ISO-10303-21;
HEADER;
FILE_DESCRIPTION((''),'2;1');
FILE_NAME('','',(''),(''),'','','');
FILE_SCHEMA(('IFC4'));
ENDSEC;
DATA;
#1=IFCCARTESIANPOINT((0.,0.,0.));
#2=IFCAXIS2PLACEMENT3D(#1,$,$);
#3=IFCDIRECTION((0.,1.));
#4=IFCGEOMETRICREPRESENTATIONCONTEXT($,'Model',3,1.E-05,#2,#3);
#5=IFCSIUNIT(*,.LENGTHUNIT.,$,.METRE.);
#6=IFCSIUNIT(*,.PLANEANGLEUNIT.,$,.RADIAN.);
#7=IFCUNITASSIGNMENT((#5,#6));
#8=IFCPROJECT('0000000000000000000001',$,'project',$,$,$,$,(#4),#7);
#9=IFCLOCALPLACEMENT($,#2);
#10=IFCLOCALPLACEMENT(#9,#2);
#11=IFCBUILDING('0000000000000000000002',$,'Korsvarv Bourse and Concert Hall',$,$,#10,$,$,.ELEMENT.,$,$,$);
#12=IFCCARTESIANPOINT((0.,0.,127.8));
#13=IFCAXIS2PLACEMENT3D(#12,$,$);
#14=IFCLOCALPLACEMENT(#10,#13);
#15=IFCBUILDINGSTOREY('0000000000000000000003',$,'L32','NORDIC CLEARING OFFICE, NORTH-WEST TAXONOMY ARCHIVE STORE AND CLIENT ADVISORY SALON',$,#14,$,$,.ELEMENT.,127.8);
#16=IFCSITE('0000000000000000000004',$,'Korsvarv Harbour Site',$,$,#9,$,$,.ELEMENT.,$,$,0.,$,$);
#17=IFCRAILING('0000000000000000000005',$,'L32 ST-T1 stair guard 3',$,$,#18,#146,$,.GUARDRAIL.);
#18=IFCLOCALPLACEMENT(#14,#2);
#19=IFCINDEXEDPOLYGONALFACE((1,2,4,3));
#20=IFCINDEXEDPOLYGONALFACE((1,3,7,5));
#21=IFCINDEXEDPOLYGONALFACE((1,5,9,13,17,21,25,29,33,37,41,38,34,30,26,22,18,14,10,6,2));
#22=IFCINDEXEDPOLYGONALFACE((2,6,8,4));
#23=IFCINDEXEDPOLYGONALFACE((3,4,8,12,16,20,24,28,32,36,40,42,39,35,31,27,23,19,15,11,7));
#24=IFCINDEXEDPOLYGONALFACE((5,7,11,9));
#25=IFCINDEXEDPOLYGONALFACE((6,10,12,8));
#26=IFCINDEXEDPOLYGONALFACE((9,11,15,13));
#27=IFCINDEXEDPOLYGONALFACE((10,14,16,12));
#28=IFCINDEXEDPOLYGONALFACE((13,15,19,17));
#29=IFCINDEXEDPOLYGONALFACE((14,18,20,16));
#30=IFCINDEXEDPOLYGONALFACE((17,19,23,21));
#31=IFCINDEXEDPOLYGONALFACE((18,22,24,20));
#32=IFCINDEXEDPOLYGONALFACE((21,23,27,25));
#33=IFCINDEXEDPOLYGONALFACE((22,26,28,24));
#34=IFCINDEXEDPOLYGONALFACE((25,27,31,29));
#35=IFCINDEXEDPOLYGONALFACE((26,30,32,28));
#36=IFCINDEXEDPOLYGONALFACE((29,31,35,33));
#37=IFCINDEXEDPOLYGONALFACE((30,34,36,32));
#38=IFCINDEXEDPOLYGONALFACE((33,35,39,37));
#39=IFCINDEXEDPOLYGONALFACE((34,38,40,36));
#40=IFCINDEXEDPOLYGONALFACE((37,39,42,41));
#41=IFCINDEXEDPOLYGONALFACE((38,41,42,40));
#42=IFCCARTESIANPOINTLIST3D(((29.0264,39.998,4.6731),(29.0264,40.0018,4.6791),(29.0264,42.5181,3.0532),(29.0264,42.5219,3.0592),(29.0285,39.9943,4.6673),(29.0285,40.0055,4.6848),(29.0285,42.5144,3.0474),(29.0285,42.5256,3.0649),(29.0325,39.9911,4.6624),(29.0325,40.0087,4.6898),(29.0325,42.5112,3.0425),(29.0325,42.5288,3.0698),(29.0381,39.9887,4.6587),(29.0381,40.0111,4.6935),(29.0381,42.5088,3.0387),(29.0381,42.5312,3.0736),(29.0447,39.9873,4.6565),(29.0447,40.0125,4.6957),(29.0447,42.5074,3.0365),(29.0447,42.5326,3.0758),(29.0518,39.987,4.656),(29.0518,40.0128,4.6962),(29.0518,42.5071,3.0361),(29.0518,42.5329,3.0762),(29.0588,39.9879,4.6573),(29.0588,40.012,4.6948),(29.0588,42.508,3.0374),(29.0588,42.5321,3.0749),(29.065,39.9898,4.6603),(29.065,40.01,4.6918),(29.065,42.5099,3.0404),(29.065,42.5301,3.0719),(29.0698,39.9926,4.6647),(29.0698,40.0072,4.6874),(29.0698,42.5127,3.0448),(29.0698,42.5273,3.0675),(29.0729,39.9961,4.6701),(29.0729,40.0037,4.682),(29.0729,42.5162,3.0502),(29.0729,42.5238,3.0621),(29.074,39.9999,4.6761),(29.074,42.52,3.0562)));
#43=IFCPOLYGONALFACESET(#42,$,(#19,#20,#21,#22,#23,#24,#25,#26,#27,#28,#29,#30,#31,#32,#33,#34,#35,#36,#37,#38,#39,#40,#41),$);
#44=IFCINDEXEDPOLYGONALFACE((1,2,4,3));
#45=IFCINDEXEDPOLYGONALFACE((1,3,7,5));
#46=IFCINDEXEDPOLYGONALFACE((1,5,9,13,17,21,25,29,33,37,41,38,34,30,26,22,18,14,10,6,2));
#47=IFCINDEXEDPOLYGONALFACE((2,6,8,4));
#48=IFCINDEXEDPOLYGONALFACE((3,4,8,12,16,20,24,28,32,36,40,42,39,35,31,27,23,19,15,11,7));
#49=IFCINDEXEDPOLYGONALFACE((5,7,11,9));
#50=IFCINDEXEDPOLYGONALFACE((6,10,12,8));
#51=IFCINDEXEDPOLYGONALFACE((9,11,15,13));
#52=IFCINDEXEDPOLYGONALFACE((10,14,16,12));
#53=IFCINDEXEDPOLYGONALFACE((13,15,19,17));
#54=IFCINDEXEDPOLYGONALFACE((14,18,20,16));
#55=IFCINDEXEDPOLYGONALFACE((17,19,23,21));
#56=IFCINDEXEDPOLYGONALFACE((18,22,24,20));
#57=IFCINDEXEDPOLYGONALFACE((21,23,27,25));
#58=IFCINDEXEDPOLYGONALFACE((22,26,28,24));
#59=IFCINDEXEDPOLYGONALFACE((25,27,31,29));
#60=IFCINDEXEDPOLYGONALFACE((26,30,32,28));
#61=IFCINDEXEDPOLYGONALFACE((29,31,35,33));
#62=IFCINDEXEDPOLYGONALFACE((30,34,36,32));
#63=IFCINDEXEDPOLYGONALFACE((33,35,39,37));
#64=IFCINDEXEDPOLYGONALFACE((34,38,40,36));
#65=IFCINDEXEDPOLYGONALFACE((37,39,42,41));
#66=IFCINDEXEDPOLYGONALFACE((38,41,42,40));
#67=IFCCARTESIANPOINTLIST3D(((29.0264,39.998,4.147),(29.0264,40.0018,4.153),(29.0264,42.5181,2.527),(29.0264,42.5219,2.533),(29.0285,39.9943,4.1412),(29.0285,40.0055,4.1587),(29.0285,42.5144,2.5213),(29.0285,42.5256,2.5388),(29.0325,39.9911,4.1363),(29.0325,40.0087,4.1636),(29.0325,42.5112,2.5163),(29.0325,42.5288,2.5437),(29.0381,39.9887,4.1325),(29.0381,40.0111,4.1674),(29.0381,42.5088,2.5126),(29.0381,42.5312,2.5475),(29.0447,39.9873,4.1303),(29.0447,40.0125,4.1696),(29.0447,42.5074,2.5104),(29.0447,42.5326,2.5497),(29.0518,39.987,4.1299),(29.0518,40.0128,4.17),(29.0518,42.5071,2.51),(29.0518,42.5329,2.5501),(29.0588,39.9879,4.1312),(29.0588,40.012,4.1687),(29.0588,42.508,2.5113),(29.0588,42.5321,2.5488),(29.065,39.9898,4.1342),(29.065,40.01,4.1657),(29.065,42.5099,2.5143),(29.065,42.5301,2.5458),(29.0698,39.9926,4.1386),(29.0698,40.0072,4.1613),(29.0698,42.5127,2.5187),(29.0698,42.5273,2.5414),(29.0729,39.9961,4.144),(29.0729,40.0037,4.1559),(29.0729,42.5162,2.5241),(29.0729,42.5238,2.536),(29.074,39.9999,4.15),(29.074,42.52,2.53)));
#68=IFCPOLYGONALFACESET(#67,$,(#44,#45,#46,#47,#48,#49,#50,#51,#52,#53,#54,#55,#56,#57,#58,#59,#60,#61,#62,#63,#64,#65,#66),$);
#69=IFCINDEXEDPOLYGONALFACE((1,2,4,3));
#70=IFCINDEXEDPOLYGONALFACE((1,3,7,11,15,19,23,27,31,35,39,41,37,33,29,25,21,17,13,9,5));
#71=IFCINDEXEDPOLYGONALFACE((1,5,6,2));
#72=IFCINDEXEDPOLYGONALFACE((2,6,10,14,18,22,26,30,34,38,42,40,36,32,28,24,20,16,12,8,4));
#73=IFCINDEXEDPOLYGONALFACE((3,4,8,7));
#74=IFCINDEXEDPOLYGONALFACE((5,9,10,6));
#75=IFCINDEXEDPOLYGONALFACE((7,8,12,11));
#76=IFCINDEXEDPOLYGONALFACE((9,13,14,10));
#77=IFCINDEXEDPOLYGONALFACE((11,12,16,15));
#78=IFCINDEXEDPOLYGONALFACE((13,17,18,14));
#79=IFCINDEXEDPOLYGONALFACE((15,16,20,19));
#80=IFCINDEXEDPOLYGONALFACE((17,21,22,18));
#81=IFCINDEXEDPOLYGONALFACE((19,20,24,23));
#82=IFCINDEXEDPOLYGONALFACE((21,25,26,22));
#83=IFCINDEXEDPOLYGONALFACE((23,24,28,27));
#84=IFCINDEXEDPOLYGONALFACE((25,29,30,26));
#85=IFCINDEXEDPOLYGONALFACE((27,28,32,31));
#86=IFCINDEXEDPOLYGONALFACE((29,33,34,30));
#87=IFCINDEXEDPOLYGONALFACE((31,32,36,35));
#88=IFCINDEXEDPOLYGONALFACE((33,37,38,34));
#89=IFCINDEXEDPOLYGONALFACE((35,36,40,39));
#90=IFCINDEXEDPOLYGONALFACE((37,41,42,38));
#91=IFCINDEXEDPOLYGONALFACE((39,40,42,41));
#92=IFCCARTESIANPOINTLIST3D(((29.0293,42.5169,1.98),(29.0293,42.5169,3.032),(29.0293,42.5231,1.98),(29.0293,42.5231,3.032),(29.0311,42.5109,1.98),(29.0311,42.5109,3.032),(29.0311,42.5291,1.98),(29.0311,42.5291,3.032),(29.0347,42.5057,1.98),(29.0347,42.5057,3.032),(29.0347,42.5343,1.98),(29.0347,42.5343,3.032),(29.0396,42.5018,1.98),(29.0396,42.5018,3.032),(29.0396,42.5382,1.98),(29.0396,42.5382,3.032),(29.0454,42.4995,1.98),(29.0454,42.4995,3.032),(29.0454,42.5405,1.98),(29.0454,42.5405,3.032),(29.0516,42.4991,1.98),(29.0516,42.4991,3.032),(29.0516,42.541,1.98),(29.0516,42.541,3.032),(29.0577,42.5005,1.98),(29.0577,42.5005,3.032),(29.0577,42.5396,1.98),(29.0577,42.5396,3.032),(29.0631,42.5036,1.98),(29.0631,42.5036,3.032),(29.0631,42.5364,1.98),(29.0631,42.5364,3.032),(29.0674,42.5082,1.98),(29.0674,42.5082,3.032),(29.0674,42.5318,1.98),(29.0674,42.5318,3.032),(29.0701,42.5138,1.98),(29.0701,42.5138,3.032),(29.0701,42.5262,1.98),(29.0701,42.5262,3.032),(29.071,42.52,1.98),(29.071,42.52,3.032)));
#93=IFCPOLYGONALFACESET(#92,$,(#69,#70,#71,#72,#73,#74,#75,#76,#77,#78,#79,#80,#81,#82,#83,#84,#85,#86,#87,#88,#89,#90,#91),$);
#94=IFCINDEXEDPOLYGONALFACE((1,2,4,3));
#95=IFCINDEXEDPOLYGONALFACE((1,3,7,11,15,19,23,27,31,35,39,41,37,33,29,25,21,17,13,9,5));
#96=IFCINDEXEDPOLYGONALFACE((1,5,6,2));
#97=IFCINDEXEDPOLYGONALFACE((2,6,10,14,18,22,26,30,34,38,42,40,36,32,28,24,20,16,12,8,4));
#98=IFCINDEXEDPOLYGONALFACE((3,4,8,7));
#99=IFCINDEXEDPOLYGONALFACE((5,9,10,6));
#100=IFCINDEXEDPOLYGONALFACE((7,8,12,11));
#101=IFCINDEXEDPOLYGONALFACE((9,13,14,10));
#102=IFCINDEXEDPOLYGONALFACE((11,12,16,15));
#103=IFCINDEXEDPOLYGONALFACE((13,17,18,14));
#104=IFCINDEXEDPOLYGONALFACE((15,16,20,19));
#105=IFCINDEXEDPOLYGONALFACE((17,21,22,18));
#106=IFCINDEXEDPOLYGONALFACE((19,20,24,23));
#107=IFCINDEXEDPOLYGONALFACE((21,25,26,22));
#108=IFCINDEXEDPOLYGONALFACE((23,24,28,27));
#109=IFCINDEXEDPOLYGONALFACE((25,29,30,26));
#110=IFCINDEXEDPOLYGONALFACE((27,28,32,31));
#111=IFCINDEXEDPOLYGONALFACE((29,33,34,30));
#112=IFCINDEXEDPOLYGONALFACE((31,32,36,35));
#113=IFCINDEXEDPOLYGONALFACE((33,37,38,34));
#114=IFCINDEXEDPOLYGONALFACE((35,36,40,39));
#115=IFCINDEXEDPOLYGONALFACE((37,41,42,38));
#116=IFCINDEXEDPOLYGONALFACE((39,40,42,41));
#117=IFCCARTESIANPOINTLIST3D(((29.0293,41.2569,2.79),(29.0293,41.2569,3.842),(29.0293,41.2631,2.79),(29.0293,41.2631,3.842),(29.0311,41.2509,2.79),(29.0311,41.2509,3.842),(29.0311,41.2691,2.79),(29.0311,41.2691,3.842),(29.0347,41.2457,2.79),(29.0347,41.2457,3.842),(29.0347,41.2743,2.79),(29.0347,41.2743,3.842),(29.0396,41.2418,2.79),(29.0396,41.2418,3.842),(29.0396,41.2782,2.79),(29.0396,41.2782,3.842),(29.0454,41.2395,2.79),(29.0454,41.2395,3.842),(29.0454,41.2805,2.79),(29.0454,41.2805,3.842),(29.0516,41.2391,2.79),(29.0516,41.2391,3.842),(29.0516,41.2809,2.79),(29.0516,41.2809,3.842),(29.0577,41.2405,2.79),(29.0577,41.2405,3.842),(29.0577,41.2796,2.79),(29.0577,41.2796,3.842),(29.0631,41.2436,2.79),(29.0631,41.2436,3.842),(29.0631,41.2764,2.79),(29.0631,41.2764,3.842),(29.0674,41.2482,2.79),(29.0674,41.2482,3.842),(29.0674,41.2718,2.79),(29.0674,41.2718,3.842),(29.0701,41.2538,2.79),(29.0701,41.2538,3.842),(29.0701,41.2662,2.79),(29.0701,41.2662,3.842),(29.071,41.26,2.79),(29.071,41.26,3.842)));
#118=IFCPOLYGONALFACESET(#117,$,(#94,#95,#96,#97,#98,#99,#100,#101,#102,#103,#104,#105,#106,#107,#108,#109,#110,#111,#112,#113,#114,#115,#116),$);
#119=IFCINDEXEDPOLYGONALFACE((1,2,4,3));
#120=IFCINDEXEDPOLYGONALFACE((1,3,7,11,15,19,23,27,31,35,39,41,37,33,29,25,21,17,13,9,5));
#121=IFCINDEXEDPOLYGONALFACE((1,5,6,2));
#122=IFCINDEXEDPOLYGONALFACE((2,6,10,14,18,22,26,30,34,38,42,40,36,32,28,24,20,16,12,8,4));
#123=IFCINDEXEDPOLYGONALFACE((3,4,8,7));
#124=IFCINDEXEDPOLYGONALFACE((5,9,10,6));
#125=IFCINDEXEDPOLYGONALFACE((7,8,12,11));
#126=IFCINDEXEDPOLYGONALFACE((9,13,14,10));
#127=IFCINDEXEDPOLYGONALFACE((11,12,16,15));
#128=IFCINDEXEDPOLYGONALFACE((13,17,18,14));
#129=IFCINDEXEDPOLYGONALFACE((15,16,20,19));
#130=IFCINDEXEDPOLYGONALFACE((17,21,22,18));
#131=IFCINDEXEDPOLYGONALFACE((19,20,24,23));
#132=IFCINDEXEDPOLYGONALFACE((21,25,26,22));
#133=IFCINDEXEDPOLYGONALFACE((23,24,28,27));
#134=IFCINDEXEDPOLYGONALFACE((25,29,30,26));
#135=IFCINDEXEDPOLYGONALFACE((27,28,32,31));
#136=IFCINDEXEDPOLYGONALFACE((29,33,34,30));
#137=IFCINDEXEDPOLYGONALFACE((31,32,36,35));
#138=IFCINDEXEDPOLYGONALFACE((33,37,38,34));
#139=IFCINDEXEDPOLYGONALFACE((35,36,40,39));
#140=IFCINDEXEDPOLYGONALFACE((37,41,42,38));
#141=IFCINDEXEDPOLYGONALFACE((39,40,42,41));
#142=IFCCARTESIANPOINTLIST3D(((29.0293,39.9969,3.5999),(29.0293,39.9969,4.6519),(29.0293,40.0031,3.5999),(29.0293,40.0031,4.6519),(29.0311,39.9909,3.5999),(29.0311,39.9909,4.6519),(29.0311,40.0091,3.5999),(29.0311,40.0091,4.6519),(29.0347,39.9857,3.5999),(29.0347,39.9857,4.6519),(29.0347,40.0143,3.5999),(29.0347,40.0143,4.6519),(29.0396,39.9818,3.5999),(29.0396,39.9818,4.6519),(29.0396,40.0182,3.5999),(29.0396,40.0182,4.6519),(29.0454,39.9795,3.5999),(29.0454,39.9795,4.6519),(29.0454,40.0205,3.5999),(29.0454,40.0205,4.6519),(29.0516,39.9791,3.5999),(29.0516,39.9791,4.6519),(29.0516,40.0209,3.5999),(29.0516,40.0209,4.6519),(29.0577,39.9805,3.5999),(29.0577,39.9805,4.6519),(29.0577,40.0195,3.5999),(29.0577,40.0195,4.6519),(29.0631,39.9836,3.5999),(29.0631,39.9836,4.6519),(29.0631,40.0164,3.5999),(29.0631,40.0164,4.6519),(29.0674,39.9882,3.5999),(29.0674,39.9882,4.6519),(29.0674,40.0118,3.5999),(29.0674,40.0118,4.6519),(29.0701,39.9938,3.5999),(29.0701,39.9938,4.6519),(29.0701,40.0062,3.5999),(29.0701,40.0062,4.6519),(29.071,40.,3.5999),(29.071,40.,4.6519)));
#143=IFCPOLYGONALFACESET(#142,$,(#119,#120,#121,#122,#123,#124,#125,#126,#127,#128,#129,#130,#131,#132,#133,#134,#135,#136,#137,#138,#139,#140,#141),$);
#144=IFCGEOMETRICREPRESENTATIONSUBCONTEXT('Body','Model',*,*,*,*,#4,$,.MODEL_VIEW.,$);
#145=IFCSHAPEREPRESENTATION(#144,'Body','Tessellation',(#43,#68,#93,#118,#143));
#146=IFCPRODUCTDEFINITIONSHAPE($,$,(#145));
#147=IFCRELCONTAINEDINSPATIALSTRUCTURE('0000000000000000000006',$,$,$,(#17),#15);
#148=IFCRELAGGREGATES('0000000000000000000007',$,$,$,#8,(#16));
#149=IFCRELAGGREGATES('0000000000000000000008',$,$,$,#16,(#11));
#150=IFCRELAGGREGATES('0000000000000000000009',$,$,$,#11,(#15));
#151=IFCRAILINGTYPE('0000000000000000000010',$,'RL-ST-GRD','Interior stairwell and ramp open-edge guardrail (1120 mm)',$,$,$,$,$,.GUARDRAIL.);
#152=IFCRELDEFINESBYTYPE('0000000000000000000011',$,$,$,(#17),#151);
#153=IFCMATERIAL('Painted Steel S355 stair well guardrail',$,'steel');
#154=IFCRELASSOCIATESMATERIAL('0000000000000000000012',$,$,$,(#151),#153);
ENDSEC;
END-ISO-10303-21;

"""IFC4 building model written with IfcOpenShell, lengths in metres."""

from ifc_helpers import new_model, si_unit, direction, frame, origin, origin_2d, place, context, subcontext, project, spatial, circle, extrude, material, type_object, element, save


model = new_model("IFC4")

# Units and contexts
model_context = context("Model", 3, precision=1e-05, world=origin(), true_north=direction((0.0, 1.0)))
body_context = subcontext(model_context, "Body", "Model", "MODEL_VIEW")
ifc_project = project(units=[si_unit("LENGTHUNIT", "METRE"), si_unit("PLANEANGLEUNIT", "RADIAN")], contexts=[model_context])

# Site, building, storey
site_placement = place(None, origin())
site = spatial("IfcSite", under=ifc_project, at=site_placement, Name="Korsvarv Harbour Site", CompositionType="ELEMENT", RefElevation=0.0)
building_placement = place(site_placement, origin())
building = spatial("IfcBuilding", under=site, at=building_placement, Name="Korsvarv Bourse and Concert Hall", CompositionType="ELEMENT")
storey_placement = place(building_placement, frame((0.0, 0.0, 127.8)))
storey = spatial("IfcBuildingStorey", under=building, at=storey_placement, Name="L32", Description="NORDIC CLEARING OFFICE, NORTH-WEST TAXONOMY ARCHIVE STORE AND CLIENT ADVISORY SALON", CompositionType="ELEMENT", Elevation=127.8)

# Railing
ifc_material_1 = material(Name="Painted Steel S355 stair well guardrail", Category="steel")
railing_type_1 = type_object("IfcRailingType", Name="RL-ST-GRD", Description="Interior stairwell and ramp open-edge guardrail (1120 mm)", PredefinedType="GUARDRAIL", material=ifc_material_1)
railing_1_placement = place(storey_placement, frame((29.05, 42.52, 1.98)))
element("IfcRailing", 1, at=railing_1_placement, inside=storey, type_object=railing_type_1, Name="L32 ST-T1 stair guard 3", PredefinedType="GUARDRAIL", context=body_context, shape_type="SweptSolid", body=[
    extrude(circle(Radius=0.0239, at=origin_2d()), frame((0.0, 0.0, 1.0762), z_axis=(0.0, -0.8412, 0.540725), x_axis=(1.0, 0.0, 0.0)), (0.0, 0.0, 1.0), 2.9958),
    extrude(circle(Radius=0.0239, at=origin_2d()), frame((0.0, 0.0, 0.55), z_axis=(0.0, -0.8412, 0.540725), x_axis=(1.0, 0.0, 0.0)), (0.0, 0.0, 1.0), 2.9958),
    extrude(circle(Radius=0.021, at=origin_2d()), origin(), (0.0, 0.0, 1.0), 1.052),
    extrude(circle(Radius=0.021, at=origin_2d()), frame((0.0, -1.26, 0.8101)), (0.0, 0.0, 1.0), 1.052),
    extrude(circle(Radius=0.021, at=origin_2d()), frame((0.0, -2.52, 1.6199)), (0.0, 0.0, 1.0), 1.052),
])

save(model, "model.ifc")
